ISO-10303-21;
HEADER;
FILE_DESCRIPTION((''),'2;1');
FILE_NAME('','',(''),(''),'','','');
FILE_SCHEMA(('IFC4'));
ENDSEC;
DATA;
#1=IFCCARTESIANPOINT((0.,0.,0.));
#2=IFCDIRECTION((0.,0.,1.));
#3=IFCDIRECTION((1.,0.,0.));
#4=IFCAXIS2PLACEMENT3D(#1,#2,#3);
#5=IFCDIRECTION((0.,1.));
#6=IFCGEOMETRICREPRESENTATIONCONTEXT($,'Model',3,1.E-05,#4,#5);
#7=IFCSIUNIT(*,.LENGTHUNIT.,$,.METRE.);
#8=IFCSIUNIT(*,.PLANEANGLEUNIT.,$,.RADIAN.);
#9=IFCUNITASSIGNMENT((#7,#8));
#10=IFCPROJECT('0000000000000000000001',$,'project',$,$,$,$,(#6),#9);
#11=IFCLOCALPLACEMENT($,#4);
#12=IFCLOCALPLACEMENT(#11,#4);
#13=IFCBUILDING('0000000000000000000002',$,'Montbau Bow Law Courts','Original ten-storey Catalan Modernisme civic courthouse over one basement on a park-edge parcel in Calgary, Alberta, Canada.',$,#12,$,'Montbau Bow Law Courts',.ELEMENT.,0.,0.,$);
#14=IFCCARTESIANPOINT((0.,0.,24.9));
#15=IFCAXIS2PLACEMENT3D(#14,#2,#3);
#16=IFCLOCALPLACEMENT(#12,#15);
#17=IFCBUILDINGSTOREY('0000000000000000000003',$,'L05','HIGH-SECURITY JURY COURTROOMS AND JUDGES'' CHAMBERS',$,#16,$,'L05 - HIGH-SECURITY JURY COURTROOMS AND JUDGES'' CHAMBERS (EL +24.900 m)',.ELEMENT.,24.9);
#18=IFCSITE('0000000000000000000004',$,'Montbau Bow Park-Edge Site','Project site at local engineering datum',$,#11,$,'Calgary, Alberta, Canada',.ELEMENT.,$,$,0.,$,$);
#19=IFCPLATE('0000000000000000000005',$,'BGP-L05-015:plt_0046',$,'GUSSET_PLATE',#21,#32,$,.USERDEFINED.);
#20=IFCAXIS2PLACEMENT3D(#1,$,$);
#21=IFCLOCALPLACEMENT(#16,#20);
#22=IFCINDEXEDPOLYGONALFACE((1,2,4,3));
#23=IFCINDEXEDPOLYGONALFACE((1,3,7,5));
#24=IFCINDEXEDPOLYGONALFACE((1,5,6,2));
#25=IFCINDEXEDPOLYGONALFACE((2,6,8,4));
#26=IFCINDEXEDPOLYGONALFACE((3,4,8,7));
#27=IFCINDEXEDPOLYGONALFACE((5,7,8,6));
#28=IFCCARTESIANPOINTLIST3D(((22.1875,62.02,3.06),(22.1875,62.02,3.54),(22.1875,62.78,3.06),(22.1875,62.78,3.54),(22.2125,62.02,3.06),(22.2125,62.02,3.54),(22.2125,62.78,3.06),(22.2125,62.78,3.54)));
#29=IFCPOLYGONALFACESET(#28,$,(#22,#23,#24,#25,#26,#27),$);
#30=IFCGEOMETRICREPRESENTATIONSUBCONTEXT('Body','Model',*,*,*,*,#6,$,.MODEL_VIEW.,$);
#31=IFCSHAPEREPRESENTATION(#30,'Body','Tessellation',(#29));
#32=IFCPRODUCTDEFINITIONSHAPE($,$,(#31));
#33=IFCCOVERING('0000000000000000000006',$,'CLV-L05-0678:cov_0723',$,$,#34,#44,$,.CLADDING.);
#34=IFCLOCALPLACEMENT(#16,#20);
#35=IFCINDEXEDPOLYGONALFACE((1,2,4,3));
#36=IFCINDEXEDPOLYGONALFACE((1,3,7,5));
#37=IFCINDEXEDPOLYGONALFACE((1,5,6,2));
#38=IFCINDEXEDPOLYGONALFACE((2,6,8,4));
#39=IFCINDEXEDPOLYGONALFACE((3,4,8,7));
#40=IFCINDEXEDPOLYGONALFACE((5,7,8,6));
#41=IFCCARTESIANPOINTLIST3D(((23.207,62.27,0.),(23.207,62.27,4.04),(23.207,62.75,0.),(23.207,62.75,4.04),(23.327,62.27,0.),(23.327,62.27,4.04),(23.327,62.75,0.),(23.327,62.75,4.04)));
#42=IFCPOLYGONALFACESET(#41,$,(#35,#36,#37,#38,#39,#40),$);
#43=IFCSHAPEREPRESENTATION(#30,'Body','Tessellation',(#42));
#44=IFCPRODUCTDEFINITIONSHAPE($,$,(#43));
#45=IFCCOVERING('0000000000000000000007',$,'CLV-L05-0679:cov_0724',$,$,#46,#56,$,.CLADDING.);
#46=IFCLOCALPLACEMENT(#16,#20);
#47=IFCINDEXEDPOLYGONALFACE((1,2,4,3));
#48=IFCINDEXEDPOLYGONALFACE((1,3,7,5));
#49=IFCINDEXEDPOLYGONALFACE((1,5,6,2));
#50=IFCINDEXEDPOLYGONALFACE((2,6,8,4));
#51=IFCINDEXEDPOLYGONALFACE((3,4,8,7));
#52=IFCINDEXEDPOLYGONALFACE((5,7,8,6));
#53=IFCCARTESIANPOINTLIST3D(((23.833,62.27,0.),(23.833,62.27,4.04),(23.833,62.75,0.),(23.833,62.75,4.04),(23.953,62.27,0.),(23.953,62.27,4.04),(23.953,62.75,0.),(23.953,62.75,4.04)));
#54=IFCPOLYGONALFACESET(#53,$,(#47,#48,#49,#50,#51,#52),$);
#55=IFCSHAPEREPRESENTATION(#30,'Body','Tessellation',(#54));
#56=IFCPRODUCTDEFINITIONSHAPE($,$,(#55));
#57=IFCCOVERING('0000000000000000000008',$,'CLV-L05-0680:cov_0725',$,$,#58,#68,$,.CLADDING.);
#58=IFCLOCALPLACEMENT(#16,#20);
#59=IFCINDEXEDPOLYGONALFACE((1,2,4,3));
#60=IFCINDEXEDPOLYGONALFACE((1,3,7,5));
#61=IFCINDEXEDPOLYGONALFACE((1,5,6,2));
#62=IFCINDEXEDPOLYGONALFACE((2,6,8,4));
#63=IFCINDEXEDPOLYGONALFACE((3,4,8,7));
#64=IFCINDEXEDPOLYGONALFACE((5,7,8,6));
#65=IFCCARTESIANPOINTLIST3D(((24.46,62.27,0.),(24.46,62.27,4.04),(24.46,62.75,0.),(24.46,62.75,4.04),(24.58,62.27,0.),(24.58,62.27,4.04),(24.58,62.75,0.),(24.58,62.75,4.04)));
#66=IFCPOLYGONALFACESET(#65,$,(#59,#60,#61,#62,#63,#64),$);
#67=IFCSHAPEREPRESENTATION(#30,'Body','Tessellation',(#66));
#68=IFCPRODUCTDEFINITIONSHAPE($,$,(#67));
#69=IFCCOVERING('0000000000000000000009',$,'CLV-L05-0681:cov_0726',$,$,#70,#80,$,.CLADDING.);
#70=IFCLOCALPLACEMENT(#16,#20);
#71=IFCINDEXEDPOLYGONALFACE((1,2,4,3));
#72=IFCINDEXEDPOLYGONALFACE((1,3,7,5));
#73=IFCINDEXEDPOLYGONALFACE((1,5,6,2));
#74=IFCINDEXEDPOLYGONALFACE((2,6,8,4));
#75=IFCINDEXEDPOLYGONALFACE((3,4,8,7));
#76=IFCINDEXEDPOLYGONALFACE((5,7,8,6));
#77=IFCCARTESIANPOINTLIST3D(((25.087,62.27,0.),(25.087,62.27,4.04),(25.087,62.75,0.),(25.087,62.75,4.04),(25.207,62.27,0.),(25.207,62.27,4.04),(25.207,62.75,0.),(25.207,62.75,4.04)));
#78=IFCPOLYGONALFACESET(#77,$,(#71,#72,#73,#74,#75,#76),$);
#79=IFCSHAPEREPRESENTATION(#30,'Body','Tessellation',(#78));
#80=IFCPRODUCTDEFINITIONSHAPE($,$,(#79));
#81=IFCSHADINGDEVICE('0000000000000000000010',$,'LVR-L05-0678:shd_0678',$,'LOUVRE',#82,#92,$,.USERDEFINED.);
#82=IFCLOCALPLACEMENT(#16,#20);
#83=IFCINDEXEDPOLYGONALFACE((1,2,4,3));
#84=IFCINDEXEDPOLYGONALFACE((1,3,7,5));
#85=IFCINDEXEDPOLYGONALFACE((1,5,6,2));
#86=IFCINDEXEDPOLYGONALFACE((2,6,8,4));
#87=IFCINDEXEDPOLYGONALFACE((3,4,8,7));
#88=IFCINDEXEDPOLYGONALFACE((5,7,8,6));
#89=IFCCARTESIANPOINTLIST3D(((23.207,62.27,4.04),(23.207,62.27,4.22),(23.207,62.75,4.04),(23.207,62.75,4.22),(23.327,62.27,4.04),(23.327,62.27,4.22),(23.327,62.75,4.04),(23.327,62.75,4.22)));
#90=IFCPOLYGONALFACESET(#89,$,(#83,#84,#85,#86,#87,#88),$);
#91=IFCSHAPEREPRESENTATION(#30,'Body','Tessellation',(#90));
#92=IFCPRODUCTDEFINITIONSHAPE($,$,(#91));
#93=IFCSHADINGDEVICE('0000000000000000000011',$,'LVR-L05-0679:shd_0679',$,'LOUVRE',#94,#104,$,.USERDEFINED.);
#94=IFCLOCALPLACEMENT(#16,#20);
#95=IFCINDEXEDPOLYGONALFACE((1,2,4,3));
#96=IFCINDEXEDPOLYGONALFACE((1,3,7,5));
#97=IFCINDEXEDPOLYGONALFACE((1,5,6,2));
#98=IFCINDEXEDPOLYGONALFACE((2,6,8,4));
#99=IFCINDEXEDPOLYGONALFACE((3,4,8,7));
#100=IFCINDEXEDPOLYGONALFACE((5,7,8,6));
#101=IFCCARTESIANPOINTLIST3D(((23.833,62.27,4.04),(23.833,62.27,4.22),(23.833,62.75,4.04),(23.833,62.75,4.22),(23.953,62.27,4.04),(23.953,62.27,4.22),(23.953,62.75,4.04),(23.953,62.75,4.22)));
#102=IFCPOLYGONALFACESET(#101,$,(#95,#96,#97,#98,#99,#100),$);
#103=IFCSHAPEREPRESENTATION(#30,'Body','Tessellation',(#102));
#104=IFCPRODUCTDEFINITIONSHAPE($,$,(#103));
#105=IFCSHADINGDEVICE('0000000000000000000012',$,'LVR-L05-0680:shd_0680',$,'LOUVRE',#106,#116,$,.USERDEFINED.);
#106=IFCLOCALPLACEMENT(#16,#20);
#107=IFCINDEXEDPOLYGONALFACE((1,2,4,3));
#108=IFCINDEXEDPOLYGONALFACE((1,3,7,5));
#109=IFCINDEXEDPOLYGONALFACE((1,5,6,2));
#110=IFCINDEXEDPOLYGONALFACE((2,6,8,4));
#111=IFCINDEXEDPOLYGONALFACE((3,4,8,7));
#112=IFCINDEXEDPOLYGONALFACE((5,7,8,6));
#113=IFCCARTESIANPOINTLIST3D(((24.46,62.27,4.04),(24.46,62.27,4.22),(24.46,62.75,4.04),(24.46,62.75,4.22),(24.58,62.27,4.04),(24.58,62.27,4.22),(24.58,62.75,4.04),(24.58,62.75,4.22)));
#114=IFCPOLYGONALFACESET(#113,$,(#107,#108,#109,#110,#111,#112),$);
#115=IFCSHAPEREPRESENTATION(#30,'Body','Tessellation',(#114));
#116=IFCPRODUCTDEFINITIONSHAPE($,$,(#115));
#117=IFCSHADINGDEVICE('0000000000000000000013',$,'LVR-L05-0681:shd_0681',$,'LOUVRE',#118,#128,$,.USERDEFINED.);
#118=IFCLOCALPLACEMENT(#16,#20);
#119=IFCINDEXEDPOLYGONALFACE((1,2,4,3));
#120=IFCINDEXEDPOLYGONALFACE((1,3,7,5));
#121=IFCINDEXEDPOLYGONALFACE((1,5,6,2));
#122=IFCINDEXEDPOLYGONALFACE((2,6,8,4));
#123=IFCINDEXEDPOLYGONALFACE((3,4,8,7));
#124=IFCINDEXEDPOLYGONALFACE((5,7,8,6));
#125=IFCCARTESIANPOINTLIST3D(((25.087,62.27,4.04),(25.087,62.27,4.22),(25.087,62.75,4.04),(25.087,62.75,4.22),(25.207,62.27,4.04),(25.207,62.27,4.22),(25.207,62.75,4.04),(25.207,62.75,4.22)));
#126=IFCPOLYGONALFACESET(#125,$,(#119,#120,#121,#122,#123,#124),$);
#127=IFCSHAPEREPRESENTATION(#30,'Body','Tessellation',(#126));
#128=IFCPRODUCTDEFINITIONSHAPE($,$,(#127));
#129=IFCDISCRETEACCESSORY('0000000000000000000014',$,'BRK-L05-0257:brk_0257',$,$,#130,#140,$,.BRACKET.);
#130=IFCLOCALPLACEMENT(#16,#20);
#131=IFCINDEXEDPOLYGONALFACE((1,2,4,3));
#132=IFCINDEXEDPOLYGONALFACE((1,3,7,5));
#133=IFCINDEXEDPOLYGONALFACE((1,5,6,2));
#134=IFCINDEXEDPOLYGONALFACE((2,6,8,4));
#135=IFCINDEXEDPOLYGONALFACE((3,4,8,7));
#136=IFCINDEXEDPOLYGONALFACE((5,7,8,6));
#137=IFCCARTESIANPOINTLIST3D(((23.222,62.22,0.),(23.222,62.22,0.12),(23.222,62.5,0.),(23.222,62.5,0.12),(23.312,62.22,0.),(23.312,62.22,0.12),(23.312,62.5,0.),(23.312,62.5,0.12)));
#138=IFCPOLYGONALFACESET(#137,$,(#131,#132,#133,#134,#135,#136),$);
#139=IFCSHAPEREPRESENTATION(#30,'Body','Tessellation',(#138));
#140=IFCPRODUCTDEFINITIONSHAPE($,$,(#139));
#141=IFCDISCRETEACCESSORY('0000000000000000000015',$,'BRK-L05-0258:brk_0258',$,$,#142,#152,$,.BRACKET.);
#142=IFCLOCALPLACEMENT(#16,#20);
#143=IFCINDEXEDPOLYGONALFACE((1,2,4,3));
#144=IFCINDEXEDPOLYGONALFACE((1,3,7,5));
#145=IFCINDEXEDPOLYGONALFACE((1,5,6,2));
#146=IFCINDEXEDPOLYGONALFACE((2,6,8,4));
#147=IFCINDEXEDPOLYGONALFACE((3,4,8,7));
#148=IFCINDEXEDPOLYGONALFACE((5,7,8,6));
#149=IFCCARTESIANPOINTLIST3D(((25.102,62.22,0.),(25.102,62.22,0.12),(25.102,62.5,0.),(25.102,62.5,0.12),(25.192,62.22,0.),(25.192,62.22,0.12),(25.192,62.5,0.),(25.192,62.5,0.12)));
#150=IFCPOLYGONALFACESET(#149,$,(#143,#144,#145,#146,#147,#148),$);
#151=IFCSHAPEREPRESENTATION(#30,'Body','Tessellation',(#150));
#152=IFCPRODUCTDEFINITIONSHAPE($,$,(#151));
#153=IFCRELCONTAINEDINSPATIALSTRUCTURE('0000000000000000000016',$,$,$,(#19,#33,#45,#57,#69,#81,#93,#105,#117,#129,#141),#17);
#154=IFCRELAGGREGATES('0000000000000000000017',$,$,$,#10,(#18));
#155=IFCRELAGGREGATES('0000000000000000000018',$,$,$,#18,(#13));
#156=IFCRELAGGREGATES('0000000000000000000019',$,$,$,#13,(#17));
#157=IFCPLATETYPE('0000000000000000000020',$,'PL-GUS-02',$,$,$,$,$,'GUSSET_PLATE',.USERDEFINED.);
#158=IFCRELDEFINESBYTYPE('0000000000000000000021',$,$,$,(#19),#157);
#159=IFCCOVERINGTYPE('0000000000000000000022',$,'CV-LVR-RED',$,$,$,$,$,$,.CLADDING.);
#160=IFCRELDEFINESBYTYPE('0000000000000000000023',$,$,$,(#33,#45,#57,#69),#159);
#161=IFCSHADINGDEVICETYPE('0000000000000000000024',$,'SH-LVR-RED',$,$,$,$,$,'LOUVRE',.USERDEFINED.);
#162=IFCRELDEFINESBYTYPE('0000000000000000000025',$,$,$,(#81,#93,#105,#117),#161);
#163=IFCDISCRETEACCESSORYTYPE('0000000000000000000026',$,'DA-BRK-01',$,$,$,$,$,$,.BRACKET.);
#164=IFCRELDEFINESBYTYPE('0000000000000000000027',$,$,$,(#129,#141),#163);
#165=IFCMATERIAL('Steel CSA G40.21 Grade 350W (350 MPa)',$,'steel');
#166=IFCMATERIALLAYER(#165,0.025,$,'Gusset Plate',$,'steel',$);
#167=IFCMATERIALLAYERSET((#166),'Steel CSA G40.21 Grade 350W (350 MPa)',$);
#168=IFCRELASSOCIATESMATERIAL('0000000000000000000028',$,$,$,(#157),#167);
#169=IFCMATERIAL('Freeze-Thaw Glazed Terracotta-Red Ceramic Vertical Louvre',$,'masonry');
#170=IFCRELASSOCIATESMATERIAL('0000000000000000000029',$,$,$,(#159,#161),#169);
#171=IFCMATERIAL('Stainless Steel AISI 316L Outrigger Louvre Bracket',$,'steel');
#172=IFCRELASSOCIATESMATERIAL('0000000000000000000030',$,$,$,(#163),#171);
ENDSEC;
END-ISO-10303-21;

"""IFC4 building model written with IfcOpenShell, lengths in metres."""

from ifc_helpers import new_model, si_unit, direction, frame, frame_2d, origin_with_axes, origin_2d_with_axis, place, context, subcontext, project, spatial, rectangle, extrude, material, layer, layer_set, type_object, element, save


model = new_model("IFC4")

# Units and contexts
model_context = context("Model", 3, precision=1e-05, world=origin_with_axes(), true_north=direction((0.0, 1.0)))
body_context = subcontext(model_context, "Body", "Model", "MODEL_VIEW")
ifc_project = project(units=[si_unit("LENGTHUNIT", "METRE"), si_unit("PLANEANGLEUNIT", "RADIAN")], contexts=[model_context])

# Site, building, storey
site_placement = place(None, origin_with_axes())
site = spatial("IfcSite", under=ifc_project, at=site_placement, Name="Montbau Bow Park-Edge Site", Description="Project site at local engineering datum", LongName="Calgary, Alberta, Canada", CompositionType="ELEMENT", RefElevation=0.0)
building_placement = place(site_placement, origin_with_axes())
building = spatial("IfcBuilding", under=site, at=building_placement, Name="Montbau Bow Law Courts", Description="Original ten-storey Catalan Modernisme civic courthouse over one basement on a park-edge parcel in Calgary, Alberta, Canada.", LongName="Montbau Bow Law Courts", CompositionType="ELEMENT", ElevationOfRefHeight=0.0, ElevationOfTerrain=0.0)
storey_placement = place(building_placement, frame((0.0, 0.0, 24.9), z_axis=(0.0, 0.0, 1.0), x_axis=(1.0, 0.0, 0.0)))
storey = spatial("IfcBuildingStorey", under=building, at=storey_placement, Name="L05", Description="HIGH-SECURITY JURY COURTROOMS AND JUDGES' CHAMBERS", LongName="L05 - HIGH-SECURITY JURY COURTROOMS AND JUDGES' CHAMBERS (EL +24.900 m)", CompositionType="ELEMENT", Elevation=24.9)

# Plate
ifc_material_1 = material(Name="Steel CSA G40.21 Grade 350W (350 MPa)", Category="steel")
ifc_layer_1 = layer(ifc_material_1, 0.025, Name="Gusset Plate", Category="steel")
ifc_layer_set_1 = layer_set([ifc_layer_1], Name="Steel CSA G40.21 Grade 350W (350 MPa)")
plate_type_1 = type_object("IfcPlateType", Name="PL-GUS-02", ElementType="GUSSET_PLATE", PredefinedType="USERDEFINED", material=ifc_layer_set_1)
for number, where, z_axis, x_axis, name in (
    (1, (22.2, 62.4, 27.96), (0.0, 0.0, 1.0), (0.0, 1.0, 0.0), "BGP-L05-015:plt_0046"),
):
    element("IfcPlate", number, at=place(None, frame(where, z_axis=z_axis, x_axis=x_axis)), inside=storey, type_object=plate_type_1, Name=name, ObjectType="GUSSET_PLATE", PredefinedType="USERDEFINED", context=body_context, shape_type="SweptSolid", body=[
        extrude(rectangle(XDim=0.76, YDim=0.025, at=origin_2d_with_axis()), origin_with_axes(), (0.0, 0.0, 1.0), 0.48),
    ])

# Coverings
ifc_material_2 = material(Name="Freeze-Thaw Glazed Terracotta-Red Ceramic Vertical Louvre", Category="masonry")
covering_type = type_object("IfcCoveringType", Name="CV-LVR-RED", PredefinedType="CLADDING", material=ifc_material_2)
for number, where, z_axis, x_axis, name in (
    (2, (23.267, 62.27, 24.9), (1.0, 0.0, 0.0), (0.0, 1.0, 0.0), "CLV-L05-0678:cov_0723"),
    (3, (23.893, 62.27, 24.9), (1.0, 0.0, 0.0), (0.0, 1.0, 0.0), "CLV-L05-0679:cov_0724"),
    (4, (24.52, 62.27, 24.9), (1.0, 0.0, 0.0), (0.0, 1.0, 0.0), "CLV-L05-0680:cov_0725"),
    (5, (25.147, 62.27, 24.9), (1.0, 0.0, 0.0), (0.0, 1.0, 0.0), "CLV-L05-0681:cov_0726"),
):
    element("IfcCovering", number, at=place(None, frame(where, z_axis=z_axis, x_axis=x_axis)), inside=storey, type_object=covering_type, Name=name, PredefinedType="CLADDING", context=body_context, shape_type="SweptSolid", body=[
        extrude(rectangle(XDim=0.48, YDim=4.04, at=frame_2d((0.24, 2.02), x_axis=(1.0, 0.0))), frame((0.0, 0.0, -0.06), z_axis=(0.0, 0.0, 1.0), x_axis=(1.0, 0.0, 0.0)), (0.0, 0.0, 1.0), 0.12),
    ])

# Shading devices
shading_device_type = type_object("IfcShadingDeviceType", Name="SH-LVR-RED", ElementType="LOUVRE", PredefinedType="USERDEFINED", material=ifc_material_2)
for number, where, z_axis, x_axis, name in (
    (6, (23.267, 62.51, 28.94), (0.0, 0.0, 1.0), (0.0, 1.0, 0.0), "LVR-L05-0678:shd_0678"),
    (7, (23.893, 62.51, 28.94), (0.0, 0.0, 1.0), (0.0, 1.0, 0.0), "LVR-L05-0679:shd_0679"),
    (8, (24.52, 62.51, 28.94), (0.0, 0.0, 1.0), (0.0, 1.0, 0.0), "LVR-L05-0680:shd_0680"),
    (9, (25.147, 62.51, 28.94), (0.0, 0.0, 1.0), (0.0, 1.0, 0.0), "LVR-L05-0681:shd_0681"),
):
    element("IfcShadingDevice", number, at=place(None, frame(where, z_axis=z_axis, x_axis=x_axis)), inside=storey, type_object=shading_device_type, Name=name, ObjectType="LOUVRE", PredefinedType="USERDEFINED", context=body_context, shape_type="SweptSolid", body=[
        extrude(rectangle(XDim=0.48, YDim=0.12, at=origin_2d_with_axis()), origin_with_axes(), (0.0, 0.0, 1.0), 0.18),
    ])

# Discrete accessories
ifc_material_3 = material(Name="Stainless Steel AISI 316L Outrigger Louvre Bracket", Category="steel")
discrete_accessory_type = type_object("IfcDiscreteAccessoryType", Name="DA-BRK-01", PredefinedType="BRACKET", material=ifc_material_3)
for number, where, z_axis, x_axis, name in (
    (10, (23.267, 62.36, 24.9), (0.0, 0.0, 1.0), (0.0, 1.0, 0.0), "BRK-L05-0257:brk_0257"),
    (11, (25.147, 62.36, 24.9), (0.0, 0.0, 1.0), (0.0, 1.0, 0.0), "BRK-L05-0258:brk_0258"),
):
    element("IfcDiscreteAccessory", number, at=place(None, frame(where, z_axis=z_axis, x_axis=x_axis)), inside=storey, type_object=discrete_accessory_type, Name=name, PredefinedType="BRACKET", context=body_context, shape_type="SweptSolid", body=[
        extrude(rectangle(XDim=0.28, YDim=0.09, at=origin_2d_with_axis()), origin_with_axes(), (0.0, 0.0, 1.0), 0.12),
    ])

save(model, "model.ifc")
